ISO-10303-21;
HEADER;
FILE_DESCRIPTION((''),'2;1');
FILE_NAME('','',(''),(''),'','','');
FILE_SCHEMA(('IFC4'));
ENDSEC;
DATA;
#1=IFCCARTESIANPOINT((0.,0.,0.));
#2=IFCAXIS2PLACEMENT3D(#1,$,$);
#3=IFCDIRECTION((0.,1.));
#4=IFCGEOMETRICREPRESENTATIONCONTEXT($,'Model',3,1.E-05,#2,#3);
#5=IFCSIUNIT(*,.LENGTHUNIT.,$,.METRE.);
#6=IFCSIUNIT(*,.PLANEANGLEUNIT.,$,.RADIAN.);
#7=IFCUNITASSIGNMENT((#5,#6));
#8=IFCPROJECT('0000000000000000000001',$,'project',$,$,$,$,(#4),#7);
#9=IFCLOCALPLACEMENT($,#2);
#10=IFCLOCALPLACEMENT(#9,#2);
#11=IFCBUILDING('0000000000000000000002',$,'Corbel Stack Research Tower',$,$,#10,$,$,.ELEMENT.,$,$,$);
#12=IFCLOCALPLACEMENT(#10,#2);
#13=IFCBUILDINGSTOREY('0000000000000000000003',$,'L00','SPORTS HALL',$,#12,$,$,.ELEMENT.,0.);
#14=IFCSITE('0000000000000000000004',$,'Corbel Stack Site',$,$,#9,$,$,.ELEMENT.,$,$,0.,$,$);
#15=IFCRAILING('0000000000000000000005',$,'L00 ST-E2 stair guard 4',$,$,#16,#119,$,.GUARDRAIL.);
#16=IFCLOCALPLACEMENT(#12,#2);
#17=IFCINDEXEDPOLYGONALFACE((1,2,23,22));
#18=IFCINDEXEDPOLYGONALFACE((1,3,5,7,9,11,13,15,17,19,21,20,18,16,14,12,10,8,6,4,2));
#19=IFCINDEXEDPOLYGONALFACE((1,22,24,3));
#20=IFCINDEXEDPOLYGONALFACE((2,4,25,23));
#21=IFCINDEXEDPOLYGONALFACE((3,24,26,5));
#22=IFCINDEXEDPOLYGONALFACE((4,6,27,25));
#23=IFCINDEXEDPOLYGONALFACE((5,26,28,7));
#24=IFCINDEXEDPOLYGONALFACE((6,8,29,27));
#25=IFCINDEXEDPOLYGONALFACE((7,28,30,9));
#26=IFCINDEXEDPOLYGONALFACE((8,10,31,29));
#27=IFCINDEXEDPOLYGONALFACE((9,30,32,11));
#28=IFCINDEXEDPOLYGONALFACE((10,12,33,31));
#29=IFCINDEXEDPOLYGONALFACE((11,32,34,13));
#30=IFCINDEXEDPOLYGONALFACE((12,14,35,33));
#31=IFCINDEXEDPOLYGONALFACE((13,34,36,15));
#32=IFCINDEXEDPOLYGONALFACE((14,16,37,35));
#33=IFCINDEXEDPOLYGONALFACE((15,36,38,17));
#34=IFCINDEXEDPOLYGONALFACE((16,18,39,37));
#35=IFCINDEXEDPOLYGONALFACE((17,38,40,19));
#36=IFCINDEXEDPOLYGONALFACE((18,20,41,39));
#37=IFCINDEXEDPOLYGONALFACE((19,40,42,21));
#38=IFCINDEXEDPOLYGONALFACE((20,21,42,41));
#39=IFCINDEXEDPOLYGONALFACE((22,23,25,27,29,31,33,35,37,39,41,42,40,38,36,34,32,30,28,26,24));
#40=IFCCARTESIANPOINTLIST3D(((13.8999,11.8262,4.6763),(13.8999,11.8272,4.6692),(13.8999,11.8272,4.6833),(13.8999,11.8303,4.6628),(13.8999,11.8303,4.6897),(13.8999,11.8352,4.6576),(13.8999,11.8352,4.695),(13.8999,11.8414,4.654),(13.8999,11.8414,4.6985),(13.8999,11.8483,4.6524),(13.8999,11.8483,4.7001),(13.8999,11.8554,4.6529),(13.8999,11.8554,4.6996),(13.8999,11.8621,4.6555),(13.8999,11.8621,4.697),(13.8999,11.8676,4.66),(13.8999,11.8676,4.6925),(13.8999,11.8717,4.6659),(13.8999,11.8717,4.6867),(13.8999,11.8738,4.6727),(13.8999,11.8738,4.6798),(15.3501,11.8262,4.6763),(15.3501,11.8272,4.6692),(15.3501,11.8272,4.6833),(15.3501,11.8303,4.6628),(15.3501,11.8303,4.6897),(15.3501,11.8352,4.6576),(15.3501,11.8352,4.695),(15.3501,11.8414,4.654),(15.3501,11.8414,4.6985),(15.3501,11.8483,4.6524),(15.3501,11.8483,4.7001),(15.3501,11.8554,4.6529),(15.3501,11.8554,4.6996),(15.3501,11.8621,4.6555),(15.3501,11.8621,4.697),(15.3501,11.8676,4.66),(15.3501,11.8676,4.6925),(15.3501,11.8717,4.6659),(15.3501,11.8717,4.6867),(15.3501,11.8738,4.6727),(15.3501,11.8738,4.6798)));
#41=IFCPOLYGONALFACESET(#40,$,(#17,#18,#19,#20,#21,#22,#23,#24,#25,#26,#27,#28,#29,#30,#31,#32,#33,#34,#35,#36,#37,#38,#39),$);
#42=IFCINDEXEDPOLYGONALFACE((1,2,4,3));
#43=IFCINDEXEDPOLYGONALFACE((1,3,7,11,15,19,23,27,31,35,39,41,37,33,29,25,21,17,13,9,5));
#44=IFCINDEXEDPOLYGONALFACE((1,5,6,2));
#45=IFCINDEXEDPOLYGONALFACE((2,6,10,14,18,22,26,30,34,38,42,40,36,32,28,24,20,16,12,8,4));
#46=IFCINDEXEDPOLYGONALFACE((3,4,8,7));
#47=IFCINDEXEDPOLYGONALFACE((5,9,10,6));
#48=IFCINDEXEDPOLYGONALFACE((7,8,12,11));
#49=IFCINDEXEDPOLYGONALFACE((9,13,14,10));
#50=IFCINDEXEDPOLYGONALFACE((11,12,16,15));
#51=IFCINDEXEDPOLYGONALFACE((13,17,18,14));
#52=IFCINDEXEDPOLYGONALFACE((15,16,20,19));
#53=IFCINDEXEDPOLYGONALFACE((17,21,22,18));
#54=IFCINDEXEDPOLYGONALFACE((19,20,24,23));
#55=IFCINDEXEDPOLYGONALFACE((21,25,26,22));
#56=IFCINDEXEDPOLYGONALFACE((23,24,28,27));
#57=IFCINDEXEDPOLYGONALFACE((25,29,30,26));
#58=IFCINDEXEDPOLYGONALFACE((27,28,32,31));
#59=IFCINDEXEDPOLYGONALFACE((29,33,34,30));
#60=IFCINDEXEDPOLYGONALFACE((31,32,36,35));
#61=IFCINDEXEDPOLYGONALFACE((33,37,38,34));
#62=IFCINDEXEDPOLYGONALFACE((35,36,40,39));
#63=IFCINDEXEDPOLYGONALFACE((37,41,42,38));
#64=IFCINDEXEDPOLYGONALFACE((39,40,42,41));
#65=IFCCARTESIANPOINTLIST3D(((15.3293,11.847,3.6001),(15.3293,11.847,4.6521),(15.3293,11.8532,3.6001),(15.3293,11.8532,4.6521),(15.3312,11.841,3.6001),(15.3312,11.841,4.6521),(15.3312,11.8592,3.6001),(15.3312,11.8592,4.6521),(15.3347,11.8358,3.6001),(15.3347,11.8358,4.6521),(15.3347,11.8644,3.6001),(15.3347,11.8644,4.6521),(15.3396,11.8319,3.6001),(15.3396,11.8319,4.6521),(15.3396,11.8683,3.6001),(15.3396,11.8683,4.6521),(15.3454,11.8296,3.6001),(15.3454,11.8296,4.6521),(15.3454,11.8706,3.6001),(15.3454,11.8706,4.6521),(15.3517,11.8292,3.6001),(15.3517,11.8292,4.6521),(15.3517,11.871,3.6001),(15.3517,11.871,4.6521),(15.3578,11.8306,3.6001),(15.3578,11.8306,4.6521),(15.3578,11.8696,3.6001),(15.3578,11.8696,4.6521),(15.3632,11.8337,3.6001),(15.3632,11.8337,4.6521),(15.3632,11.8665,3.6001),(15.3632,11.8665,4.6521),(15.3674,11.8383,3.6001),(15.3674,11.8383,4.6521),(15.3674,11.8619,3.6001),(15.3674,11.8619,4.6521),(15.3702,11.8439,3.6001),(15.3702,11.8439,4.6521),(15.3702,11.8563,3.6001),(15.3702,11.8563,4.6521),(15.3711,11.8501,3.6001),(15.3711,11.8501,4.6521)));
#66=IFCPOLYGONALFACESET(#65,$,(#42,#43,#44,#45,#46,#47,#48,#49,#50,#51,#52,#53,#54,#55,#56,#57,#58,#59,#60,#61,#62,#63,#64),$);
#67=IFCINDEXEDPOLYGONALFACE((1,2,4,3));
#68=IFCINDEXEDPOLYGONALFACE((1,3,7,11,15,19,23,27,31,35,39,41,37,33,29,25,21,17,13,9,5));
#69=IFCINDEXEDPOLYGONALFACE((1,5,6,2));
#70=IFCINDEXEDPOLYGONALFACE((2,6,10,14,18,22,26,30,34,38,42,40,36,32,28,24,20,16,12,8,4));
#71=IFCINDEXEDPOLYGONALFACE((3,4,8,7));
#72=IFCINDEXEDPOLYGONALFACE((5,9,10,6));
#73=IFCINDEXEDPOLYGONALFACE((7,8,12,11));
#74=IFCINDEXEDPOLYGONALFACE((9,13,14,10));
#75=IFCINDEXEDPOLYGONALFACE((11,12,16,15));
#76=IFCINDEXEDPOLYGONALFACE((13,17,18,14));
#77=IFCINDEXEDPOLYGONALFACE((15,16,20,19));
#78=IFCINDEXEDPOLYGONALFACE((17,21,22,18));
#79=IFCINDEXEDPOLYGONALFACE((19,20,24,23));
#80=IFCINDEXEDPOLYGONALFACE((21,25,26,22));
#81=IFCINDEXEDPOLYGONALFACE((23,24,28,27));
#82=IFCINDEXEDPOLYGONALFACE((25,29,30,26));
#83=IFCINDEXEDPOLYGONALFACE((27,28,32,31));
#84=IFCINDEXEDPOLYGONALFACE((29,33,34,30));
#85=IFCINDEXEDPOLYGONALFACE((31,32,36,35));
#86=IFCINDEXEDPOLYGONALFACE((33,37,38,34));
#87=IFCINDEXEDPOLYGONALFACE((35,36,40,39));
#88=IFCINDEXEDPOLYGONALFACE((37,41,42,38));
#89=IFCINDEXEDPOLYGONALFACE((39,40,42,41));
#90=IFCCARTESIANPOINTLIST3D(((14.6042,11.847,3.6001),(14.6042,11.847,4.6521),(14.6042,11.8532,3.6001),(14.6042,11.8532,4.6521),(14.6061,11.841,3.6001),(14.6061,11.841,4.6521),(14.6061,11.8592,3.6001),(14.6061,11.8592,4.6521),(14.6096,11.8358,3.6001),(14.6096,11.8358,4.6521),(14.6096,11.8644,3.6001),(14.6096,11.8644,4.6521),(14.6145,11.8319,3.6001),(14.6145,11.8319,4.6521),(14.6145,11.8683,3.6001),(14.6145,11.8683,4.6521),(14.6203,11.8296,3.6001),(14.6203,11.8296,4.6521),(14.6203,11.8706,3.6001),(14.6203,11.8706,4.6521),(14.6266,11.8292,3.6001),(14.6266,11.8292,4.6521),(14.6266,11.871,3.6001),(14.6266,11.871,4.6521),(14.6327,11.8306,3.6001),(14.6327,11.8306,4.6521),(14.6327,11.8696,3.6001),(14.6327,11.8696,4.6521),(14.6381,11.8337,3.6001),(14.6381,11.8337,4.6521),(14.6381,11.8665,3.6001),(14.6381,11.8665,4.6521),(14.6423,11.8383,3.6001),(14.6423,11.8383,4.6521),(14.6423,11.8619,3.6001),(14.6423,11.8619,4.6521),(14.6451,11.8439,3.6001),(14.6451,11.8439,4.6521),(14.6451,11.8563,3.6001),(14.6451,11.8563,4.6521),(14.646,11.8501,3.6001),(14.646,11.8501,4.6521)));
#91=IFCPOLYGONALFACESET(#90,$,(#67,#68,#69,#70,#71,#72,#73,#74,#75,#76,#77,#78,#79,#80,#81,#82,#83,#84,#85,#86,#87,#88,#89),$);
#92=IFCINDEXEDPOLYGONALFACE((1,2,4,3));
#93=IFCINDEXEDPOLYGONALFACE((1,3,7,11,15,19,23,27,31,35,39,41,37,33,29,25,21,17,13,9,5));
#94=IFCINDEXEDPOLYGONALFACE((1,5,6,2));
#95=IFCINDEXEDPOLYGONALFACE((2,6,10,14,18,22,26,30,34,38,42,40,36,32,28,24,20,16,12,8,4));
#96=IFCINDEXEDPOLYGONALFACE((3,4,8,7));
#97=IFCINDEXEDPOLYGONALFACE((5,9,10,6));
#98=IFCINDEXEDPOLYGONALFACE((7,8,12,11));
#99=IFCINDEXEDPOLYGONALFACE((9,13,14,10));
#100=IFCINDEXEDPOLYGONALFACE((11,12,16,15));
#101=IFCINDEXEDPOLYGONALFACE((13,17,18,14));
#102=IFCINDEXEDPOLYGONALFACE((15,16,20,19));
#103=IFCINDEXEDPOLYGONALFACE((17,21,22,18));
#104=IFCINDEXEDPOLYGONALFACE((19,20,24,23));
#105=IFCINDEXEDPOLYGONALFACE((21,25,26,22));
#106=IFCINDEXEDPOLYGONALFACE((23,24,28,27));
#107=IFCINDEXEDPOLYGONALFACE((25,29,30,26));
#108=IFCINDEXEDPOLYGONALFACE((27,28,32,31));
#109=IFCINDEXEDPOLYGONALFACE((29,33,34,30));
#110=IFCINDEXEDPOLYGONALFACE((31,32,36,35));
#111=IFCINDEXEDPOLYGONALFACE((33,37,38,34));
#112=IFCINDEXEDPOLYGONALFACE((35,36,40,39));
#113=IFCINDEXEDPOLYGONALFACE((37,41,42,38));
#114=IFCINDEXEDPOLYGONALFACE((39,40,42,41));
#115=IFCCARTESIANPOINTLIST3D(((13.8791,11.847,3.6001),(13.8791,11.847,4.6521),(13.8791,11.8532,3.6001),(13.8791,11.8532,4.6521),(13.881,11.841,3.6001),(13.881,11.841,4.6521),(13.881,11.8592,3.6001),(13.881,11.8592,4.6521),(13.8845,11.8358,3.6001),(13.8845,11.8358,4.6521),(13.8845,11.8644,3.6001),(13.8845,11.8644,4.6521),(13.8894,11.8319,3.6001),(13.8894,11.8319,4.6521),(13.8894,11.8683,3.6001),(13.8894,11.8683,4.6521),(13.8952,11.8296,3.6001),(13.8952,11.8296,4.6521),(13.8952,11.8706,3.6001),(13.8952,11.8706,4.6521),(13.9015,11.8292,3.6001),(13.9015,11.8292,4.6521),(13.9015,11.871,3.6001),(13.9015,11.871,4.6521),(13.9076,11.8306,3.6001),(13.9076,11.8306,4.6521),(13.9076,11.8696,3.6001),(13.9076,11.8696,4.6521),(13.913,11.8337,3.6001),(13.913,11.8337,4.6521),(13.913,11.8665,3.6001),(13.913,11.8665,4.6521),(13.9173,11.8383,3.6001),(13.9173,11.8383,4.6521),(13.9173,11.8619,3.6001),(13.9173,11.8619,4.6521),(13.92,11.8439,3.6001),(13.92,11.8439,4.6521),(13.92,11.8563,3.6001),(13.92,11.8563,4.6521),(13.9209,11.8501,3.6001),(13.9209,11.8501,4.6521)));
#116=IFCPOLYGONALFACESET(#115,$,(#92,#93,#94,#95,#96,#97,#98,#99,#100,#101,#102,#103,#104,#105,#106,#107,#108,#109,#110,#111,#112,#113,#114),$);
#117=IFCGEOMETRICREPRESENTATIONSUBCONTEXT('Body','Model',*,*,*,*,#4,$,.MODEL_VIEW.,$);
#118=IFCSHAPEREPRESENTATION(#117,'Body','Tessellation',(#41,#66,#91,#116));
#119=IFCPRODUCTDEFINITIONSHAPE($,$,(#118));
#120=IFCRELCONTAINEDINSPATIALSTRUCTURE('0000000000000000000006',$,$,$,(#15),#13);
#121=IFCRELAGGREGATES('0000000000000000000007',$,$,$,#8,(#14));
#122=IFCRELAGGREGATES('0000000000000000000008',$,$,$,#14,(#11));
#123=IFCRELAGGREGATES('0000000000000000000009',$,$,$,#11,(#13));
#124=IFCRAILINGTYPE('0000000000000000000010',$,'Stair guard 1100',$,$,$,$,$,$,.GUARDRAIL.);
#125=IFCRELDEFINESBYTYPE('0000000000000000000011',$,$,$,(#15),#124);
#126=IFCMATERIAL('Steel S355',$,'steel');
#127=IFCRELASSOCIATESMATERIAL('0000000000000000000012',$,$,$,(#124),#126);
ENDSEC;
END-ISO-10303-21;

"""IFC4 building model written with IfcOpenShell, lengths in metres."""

from ifc_helpers import new_model, si_unit, direction, frame, origin, origin_2d, place, context, subcontext, project, spatial, circle, extrude, material, type_object, element, save


model = new_model("IFC4")

# Units and contexts
model_context = context("Model", 3, precision=1e-05, world=origin(), true_north=direction((0.0, 1.0)))
body_context = subcontext(model_context, "Body", "Model", "MODEL_VIEW")
ifc_project = project(units=[si_unit("LENGTHUNIT", "METRE"), si_unit("PLANEANGLEUNIT", "RADIAN")], contexts=[model_context])

# Site, building, storey
site_placement = place(None, origin())
site = spatial("IfcSite", under=ifc_project, at=site_placement, Name="Corbel Stack Site", CompositionType="ELEMENT", RefElevation=0.0)
building_placement = place(site_placement, origin())
building = spatial("IfcBuilding", under=site, at=building_placement, Name="Corbel Stack Research Tower", CompositionType="ELEMENT")
storey_placement = place(building_placement, origin())
storey = spatial("IfcBuildingStorey", under=building, at=storey_placement, Name="L00", Description="SPORTS HALL", CompositionType="ELEMENT", Elevation=0.0)

# Railing
ifc_material_1 = material(Name="Steel S355", Category="steel")
railing_type_1 = type_object("IfcRailingType", Name="Stair guard 1100", PredefinedType="GUARDRAIL", material=ifc_material_1)
railing_1_placement = place(storey_placement, frame((15.3501, 11.8501, 3.6001)))
element("IfcRailing", 1, at=railing_1_placement, inside=storey, type_object=railing_type_1, Name="L00 ST-E2 stair guard 4", PredefinedType="GUARDRAIL", context=body_context, shape_type="SweptSolid", body=[
    extrude(circle(Radius=0.0239, at=origin_2d()), frame((0.0, 0.0, 1.0762), z_axis=(-1.0, 0.0, 0.0), x_axis=(0.0, -1.0, 0.0)), (0.0, 0.0, 1.0), 1.4502),
    extrude(circle(Radius=0.021, at=origin_2d()), origin(), (0.0, 0.0, 1.0), 1.052),
    extrude(circle(Radius=0.021, at=origin_2d()), frame((-0.7251, 0.0, 0.0)), (0.0, 0.0, 1.0), 1.052),
    extrude(circle(Radius=0.021, at=origin_2d()), frame((-1.4502, 0.0, 0.0)), (0.0, 0.0, 1.0), 1.052),
])

save(model, "model.ifc")
